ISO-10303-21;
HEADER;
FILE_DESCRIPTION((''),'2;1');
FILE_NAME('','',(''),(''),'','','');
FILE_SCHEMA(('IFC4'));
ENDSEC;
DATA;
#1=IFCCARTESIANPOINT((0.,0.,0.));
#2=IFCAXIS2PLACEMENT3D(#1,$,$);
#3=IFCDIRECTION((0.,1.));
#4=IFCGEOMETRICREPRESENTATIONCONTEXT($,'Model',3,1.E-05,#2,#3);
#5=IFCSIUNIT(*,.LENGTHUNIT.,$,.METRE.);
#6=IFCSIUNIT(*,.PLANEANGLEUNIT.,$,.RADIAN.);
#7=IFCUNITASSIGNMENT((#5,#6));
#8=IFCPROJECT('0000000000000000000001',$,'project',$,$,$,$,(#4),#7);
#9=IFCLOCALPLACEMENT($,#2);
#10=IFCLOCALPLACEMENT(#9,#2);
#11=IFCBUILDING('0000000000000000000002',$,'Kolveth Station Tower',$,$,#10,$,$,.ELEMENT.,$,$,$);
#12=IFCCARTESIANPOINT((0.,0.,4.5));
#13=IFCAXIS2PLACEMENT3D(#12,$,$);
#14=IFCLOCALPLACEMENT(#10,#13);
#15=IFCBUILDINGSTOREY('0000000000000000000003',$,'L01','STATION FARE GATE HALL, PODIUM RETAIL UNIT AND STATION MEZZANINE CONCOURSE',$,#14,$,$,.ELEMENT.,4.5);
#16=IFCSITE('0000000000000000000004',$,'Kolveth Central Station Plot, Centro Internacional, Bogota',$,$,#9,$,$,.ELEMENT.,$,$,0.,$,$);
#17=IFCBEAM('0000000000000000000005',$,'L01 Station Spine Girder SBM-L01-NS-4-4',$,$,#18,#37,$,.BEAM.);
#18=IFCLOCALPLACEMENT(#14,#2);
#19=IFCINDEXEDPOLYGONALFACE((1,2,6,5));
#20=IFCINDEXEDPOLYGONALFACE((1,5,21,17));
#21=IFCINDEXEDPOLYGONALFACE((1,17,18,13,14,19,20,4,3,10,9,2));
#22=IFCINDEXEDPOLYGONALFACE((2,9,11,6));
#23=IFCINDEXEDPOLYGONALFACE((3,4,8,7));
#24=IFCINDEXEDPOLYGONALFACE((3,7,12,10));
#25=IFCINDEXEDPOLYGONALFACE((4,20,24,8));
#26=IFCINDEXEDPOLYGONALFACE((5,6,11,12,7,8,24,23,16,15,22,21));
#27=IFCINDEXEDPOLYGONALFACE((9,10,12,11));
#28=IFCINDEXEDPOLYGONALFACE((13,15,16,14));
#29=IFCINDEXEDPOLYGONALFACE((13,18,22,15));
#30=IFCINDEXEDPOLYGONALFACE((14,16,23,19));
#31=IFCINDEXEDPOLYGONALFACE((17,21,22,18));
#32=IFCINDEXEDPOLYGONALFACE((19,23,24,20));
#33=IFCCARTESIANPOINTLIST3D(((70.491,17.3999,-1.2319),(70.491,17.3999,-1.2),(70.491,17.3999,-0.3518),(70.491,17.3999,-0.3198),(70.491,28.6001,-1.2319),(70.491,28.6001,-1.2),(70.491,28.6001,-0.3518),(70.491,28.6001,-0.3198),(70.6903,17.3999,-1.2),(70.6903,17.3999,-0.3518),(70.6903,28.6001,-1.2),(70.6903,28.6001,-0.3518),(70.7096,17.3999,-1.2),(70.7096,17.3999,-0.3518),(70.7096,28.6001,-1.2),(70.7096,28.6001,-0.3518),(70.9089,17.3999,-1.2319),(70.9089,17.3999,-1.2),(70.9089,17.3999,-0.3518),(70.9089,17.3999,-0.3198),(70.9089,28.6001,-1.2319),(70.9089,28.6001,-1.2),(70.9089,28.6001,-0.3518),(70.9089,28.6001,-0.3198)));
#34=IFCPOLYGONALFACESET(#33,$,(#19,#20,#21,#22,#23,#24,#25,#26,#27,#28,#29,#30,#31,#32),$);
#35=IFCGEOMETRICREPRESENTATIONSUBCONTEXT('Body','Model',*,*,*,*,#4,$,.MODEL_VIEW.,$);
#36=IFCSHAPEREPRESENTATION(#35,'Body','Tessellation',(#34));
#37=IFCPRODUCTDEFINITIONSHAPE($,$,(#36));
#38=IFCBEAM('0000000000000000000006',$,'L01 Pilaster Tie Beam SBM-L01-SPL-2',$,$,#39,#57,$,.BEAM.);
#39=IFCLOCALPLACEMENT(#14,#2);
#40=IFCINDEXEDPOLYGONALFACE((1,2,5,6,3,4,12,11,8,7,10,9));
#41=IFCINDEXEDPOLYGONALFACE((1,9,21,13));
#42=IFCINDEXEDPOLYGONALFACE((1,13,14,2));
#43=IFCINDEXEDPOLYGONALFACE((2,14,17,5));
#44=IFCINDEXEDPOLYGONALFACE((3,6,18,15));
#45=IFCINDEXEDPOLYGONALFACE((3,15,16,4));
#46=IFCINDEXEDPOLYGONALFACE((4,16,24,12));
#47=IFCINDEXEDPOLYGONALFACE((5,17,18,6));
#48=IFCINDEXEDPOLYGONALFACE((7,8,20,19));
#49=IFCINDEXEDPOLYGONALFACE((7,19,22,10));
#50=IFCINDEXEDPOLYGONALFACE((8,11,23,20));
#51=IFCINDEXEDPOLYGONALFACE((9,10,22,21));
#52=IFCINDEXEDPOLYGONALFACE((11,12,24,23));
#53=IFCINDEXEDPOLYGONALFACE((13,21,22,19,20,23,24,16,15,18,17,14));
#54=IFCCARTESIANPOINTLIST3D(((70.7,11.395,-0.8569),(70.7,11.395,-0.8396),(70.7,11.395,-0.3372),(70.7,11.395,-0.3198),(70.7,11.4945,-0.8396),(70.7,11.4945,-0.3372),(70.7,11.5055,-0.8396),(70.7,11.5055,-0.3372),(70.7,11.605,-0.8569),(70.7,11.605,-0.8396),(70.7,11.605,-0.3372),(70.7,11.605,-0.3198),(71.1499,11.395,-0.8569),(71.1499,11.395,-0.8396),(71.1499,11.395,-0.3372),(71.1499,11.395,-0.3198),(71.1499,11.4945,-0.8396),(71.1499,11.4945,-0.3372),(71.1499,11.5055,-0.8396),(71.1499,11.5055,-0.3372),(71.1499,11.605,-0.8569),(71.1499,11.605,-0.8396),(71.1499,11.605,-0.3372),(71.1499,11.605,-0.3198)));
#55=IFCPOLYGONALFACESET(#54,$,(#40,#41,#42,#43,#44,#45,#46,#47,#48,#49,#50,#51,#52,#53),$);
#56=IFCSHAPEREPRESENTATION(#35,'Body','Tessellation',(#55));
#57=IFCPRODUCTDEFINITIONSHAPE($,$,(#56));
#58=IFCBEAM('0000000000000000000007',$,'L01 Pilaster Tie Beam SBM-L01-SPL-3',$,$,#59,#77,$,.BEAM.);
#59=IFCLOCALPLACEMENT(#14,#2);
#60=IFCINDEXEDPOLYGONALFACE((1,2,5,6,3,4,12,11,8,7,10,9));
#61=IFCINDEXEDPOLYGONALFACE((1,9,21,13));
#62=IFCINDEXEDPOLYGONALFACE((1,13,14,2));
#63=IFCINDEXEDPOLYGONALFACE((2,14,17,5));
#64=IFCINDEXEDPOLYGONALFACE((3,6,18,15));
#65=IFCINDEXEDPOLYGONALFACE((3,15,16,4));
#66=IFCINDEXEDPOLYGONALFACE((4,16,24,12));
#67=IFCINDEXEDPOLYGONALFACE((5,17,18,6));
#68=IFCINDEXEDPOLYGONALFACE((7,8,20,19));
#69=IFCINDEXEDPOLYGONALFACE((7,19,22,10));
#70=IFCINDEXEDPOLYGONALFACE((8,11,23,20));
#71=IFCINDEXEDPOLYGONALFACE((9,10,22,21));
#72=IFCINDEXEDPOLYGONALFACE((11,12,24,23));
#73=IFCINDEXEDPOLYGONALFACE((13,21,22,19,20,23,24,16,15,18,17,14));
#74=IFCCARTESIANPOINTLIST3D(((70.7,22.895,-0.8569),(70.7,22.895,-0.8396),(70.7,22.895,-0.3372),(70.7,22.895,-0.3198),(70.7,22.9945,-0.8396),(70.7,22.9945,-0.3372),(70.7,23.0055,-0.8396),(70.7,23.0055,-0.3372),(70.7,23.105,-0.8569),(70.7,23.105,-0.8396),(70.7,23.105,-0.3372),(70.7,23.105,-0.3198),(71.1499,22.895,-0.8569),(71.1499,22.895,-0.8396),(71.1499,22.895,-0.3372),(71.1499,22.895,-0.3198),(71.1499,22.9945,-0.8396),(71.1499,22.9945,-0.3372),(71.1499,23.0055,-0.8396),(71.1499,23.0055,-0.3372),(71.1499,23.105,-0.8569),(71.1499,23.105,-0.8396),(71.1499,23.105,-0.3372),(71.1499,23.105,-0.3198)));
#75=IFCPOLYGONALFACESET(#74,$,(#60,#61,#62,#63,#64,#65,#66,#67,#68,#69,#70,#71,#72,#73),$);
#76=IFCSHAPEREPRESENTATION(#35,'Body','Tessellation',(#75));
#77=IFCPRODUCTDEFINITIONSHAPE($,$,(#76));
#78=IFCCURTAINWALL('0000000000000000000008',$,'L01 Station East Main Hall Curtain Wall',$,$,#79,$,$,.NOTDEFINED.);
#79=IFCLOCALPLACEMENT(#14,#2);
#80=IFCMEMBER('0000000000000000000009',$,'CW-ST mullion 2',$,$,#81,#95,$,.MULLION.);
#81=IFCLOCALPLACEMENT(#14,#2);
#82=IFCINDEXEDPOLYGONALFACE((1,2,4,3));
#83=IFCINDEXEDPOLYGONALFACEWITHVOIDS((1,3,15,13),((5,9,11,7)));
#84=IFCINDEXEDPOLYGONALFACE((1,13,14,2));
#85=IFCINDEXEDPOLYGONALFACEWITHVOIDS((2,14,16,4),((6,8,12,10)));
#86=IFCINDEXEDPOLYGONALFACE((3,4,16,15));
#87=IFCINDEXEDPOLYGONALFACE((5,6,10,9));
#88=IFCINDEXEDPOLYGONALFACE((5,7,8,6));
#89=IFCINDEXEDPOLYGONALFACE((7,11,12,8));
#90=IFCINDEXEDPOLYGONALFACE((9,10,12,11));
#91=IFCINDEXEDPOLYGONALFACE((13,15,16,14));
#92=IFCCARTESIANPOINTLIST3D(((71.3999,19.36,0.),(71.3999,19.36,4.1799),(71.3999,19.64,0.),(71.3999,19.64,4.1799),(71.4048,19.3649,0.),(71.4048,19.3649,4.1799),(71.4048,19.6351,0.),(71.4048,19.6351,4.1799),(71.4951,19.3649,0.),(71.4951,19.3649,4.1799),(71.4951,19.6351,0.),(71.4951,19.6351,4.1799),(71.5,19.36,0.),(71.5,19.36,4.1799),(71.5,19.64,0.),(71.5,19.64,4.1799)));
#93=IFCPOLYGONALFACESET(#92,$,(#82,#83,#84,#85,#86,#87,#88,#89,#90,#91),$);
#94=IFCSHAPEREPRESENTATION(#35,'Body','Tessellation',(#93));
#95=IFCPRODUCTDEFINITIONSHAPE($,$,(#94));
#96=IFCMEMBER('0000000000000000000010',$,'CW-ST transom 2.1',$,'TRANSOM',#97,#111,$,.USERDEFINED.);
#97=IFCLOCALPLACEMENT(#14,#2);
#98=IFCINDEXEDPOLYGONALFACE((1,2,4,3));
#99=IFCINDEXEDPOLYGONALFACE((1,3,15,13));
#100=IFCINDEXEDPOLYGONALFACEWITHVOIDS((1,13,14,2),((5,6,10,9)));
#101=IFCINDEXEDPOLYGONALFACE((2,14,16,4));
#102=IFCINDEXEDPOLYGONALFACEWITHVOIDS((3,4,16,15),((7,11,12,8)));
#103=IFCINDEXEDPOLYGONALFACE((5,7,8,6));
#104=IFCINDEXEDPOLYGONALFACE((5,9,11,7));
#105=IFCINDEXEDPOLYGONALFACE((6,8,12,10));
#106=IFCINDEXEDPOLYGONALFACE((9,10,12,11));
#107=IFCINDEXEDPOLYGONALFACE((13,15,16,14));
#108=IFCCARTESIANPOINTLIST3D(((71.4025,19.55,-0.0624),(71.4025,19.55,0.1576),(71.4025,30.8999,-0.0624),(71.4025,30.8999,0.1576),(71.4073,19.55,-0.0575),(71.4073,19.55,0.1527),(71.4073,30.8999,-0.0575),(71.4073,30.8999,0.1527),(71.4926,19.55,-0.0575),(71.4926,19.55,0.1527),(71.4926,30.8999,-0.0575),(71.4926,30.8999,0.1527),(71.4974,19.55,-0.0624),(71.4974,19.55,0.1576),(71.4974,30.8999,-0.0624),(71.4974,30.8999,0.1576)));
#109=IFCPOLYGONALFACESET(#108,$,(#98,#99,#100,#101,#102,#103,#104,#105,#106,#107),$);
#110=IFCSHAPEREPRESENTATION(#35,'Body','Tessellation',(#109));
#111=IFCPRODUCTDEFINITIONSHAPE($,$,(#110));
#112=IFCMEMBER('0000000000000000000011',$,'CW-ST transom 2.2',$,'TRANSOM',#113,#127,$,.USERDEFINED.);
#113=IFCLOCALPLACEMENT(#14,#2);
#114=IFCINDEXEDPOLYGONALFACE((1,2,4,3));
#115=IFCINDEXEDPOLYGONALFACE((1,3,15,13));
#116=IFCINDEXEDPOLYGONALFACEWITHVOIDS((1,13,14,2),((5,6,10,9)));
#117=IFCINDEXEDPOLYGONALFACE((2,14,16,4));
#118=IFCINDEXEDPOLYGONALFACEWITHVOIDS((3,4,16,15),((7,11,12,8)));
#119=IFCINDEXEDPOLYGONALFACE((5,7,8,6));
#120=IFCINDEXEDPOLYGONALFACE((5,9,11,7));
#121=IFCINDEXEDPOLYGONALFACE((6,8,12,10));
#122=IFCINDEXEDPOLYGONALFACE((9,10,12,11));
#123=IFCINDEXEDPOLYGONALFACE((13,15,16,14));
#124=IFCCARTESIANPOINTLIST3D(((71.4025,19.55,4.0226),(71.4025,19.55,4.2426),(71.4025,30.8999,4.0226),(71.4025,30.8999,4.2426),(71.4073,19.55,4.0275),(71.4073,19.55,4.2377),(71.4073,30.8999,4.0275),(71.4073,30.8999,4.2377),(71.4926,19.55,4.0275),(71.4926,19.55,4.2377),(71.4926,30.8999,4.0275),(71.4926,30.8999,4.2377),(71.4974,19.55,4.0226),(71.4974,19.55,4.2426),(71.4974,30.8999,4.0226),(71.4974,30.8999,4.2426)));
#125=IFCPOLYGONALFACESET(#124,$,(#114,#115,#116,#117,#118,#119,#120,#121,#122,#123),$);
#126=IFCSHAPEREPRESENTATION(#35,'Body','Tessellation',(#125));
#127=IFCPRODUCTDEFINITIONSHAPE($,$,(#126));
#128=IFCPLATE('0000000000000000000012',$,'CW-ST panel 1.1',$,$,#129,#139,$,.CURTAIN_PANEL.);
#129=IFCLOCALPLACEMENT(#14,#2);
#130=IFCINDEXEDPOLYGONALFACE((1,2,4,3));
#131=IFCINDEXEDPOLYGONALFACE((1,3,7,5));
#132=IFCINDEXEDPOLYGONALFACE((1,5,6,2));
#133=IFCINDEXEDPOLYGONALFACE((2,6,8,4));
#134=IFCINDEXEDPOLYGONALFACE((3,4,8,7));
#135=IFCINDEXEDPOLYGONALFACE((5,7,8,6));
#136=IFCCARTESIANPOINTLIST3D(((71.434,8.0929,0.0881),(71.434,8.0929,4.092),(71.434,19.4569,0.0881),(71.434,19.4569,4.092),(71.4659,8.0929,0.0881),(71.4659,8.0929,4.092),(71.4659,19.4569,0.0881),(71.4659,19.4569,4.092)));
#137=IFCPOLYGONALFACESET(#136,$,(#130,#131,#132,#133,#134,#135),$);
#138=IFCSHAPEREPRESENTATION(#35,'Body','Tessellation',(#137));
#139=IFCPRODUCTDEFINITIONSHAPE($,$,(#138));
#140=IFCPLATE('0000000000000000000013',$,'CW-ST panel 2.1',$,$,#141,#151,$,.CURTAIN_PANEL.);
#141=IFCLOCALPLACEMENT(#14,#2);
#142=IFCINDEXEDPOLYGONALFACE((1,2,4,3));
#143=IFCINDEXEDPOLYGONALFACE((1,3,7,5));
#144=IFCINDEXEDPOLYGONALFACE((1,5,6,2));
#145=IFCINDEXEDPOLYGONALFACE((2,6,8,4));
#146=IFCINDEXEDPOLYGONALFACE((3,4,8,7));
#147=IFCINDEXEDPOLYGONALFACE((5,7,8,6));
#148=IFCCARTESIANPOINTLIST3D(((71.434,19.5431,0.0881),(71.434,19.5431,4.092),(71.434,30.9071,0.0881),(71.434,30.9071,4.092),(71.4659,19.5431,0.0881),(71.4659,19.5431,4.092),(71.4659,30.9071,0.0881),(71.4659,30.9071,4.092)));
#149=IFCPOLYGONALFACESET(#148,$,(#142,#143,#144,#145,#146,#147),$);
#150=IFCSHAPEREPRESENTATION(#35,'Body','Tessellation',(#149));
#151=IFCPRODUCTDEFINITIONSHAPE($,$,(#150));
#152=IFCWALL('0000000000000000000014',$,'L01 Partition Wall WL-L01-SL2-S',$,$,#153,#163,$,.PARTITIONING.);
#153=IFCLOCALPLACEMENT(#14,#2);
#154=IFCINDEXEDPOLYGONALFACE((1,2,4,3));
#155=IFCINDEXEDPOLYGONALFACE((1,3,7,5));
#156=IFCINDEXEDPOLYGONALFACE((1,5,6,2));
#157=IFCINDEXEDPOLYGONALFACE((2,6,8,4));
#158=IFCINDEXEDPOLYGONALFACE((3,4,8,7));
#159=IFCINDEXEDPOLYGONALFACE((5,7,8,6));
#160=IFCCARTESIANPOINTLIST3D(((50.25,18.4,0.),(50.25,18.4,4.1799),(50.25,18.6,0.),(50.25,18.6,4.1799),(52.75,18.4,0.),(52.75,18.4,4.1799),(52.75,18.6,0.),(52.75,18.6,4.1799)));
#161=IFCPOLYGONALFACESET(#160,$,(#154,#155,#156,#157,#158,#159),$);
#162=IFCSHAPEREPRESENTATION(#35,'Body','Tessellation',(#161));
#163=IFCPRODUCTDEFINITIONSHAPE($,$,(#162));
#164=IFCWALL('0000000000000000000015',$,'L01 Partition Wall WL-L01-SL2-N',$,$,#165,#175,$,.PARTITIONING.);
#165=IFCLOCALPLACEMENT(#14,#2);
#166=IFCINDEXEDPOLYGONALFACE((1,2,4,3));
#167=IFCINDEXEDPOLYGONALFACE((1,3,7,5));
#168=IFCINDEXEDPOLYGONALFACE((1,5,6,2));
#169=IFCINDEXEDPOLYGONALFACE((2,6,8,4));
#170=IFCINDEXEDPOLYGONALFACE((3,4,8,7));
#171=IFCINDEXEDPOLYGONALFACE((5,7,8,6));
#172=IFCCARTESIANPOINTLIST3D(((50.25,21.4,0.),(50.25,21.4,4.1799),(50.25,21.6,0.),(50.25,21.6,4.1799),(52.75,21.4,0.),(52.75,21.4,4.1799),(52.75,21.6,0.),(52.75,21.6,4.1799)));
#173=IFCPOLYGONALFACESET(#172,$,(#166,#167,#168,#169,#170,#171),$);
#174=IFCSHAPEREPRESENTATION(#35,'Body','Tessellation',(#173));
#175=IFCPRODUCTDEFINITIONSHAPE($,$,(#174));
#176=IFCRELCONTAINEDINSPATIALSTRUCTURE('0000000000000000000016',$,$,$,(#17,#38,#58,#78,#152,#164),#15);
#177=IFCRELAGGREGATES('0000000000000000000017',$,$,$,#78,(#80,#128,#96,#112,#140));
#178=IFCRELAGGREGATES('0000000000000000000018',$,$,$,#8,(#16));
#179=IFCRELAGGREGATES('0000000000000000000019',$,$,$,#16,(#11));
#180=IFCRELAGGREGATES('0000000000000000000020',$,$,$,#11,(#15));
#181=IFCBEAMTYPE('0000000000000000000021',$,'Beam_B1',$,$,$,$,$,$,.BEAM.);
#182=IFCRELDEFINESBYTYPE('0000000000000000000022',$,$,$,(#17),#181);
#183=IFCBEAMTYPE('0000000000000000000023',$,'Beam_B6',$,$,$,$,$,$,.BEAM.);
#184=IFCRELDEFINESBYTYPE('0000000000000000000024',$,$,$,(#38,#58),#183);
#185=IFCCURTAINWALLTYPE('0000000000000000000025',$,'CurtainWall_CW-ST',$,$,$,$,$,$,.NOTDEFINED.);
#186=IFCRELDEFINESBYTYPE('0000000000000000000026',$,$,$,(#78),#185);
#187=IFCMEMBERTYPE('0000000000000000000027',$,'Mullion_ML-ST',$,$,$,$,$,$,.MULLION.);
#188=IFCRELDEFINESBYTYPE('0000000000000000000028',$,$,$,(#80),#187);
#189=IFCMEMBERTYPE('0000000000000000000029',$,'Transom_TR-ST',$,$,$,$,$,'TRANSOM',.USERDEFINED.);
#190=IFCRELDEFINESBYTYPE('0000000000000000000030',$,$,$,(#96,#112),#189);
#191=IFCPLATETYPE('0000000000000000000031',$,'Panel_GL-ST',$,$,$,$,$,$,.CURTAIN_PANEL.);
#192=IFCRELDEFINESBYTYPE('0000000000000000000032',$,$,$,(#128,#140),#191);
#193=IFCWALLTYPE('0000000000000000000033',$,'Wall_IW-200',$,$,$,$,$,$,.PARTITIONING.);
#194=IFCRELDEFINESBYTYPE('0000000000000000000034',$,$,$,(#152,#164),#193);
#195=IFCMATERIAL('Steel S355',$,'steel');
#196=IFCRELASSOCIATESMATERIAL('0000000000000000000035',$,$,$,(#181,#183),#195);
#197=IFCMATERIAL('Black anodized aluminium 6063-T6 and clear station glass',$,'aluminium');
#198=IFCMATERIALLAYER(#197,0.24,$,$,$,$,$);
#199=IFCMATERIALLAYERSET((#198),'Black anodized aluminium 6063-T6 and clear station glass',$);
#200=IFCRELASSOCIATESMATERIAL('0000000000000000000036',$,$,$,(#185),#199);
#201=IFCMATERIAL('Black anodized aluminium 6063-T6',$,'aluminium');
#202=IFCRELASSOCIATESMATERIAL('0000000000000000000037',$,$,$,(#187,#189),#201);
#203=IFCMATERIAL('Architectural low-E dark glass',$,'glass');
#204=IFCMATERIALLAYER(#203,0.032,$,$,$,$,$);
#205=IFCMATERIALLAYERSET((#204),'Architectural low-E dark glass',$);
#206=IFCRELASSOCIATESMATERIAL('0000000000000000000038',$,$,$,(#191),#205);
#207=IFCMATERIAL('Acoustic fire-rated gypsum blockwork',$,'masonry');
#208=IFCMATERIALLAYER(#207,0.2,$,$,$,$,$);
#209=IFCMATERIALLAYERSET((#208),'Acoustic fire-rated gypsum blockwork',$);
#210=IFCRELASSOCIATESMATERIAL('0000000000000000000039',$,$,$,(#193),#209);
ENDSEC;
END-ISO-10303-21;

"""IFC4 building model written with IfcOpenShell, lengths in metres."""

from ifc_helpers import new_model, si_unit, direction, frame, frame_2d, origin, origin_2d, place, context, subcontext, project, spatial, rectangle, hollow_rectangle, i_section, extrude, source, transform, mapped, material, layer, layer_set, material_profile, profile_set, type_object, element, aggregate, save


model = new_model("IFC4")

# Units and contexts
model_context = context("Model", 3, precision=1e-05, world=origin(), true_north=direction((0.0, 1.0)))
body_context = subcontext(model_context, "Body", "Model", "MODEL_VIEW")
ifc_project = project(units=[si_unit("LENGTHUNIT", "METRE"), si_unit("PLANEANGLEUNIT", "RADIAN")], contexts=[model_context])

# Site, building, storey
site_placement = place(None, origin())
site = spatial("IfcSite", under=ifc_project, at=site_placement, Name="Kolveth Central Station Plot, Centro Internacional, Bogota", CompositionType="ELEMENT", RefElevation=0.0)
building_placement = place(site_placement, origin())
building = spatial("IfcBuilding", under=site, at=building_placement, Name="Kolveth Station Tower", CompositionType="ELEMENT")
storey_placement = place(building_placement, frame((0.0, 0.0, 4.5)))
storey = spatial("IfcBuildingStorey", under=building, at=storey_placement, Name="L01", Description="STATION FARE GATE HALL, PODIUM RETAIL UNIT AND STATION MEZZANINE CONCOURSE", CompositionType="ELEMENT", Elevation=4.5)

# Shared definitions
ifc_material_1 = material(Name="Steel S355", Category="steel")

# Beams
ifc_material_profile_1 = material_profile(ifc_material_1, i_section(OverallWidth=0.418, OverallDepth=0.9121, WebThickness=0.0193, FlangeThickness=0.032, at=origin_2d()), Name="W920x342")
ifc_profile_set_1 = profile_set([ifc_material_profile_1], Name="Steel S355")
beam_type_1 = type_object("IfcBeamType", Name="Beam_B1", PredefinedType="BEAM", material=ifc_profile_set_1)
shared_shape_1 = source(origin(), body_context, "Body", "SweptSolid", [
    extrude(i_section(OverallWidth=0.418, OverallDepth=0.9121, WebThickness=0.0193, FlangeThickness=0.032, at=origin_2d()), origin(), (0.0, 0.0, 1.0), 11.2002),
])
for number, where, z_axis, x_axis, name in (
    (1, (70.7, 17.3999, -0.7759), (0.0, 1.0, 0.0), (-1.0, 0.0, 0.0), "L01 Station Spine Girder SBM-L01-NS-4-4"),
):
    element("IfcBeam", number, at=place(storey_placement, frame(where, z_axis=z_axis, x_axis=x_axis)), inside=storey, type_object=beam_type_1, Name=name, PredefinedType="BEAM", context=body_context, shape_type="MappedRepresentation", body=[
        mapped(shared_shape_1, transform((0.0, 0.0, 0.0), x_axis=(1.0, 0.0, 0.0), y_axis=(0.0, 1.0, 0.0), z_axis=(0.0, 0.0, 1.0), scale=1.0)),
    ])
ifc_material_profile_2 = material_profile(ifc_material_1, i_section(OverallWidth=0.21, OverallDepth=0.5371, WebThickness=0.011, FlangeThickness=0.0173, at=origin_2d()), Name="W530x101")
ifc_profile_set_2 = profile_set([ifc_material_profile_2], Name="Steel S355")
beam_type_2 = type_object("IfcBeamType", Name="Beam_B6", PredefinedType="BEAM", material=ifc_profile_set_2)
shared_shape_2 = source(origin(), body_context, "Body", "SweptSolid", [
    extrude(i_section(OverallWidth=0.21, OverallDepth=0.5371, WebThickness=0.011, FlangeThickness=0.0173, at=origin_2d()), origin(), (0.0, 0.0, 1.0), 0.45),
])
for number, where, z_axis, x_axis, name in (
    (2, (70.7, 11.5, -0.5884), (1.0, 0.0, 0.0), (0.0, 1.0, 0.0), "L01 Pilaster Tie Beam SBM-L01-SPL-2"),
    (3, (70.7, 23.0, -0.5884), (1.0, 0.0, 0.0), (0.0, 1.0, 0.0), "L01 Pilaster Tie Beam SBM-L01-SPL-3"),
):
    element("IfcBeam", number, at=place(storey_placement, frame(where, z_axis=z_axis, x_axis=x_axis)), inside=storey, type_object=beam_type_2, Name=name, PredefinedType="BEAM", context=body_context, shape_type="MappedRepresentation", body=[
        mapped(shared_shape_2, transform((0.0, 0.0, 0.0), x_axis=(1.0, 0.0, 0.0), y_axis=(0.0, 1.0, 0.0), z_axis=(0.0, 0.0, 1.0), scale=1.0)),
    ])

# Curtain wall, members, plates
ifc_material_2 = material(Name="Black anodized aluminium 6063-T6 and clear station glass", Category="aluminium")
ifc_layer_1 = layer(ifc_material_2, 0.24)
ifc_layer_set_1 = layer_set([ifc_layer_1], Name="Black anodized aluminium 6063-T6 and clear station glass")
curtain_wall_type = type_object("IfcCurtainWallType", Name="CurtainWall_CW-ST", PredefinedType="NOTDEFINED", material=ifc_layer_set_1)
curtain_wall_placement = place(storey_placement, origin())
curtain_wall = element("IfcCurtainWall", 4, at=curtain_wall_placement, inside=storey, type_object=curtain_wall_type, Name="L01 Station East Main Hall Curtain Wall", PredefinedType="NOTDEFINED")
ifc_material_3 = material(Name="Black anodized aluminium 6063-T6", Category="aluminium")
ifc_material_profile_3 = material_profile(ifc_material_3, hollow_rectangle(XDim=0.1001, YDim=0.28, WallThickness=0.0049, at=origin_2d()), Name="ALU-100x280x5")
ifc_profile_set_3 = profile_set([ifc_material_profile_3], Name="Black anodized aluminium 6063-T6")
member_type_1 = type_object("IfcMemberType", Name="Mullion_ML-ST", PredefinedType="MULLION", material=ifc_profile_set_3)
shared_shape_3 = source(origin(), body_context, "Body", "SweptSolid", [
    extrude(hollow_rectangle(XDim=0.1001, YDim=0.28, WallThickness=0.0049, at=origin_2d()), origin(), (0.0, 0.0, 1.0), 4.1799),
])
member_1_placement = place(storey_placement, frame((71.45, 19.5, 0.0), z_axis=(0.0, 0.0, 1.0), x_axis=(-1.0, 0.0, 0.0)))
member_1 = element("IfcMember", 5, at=member_1_placement, type_object=member_type_1, Name="CW-ST mullion 2", PredefinedType="MULLION", context=body_context, shape_type="MappedRepresentation", body=[
    mapped(shared_shape_3, transform((0.0, 0.0, 0.0), x_axis=(1.0, 0.0, 0.0), y_axis=(0.0, 1.0, 0.0), z_axis=(0.0, 0.0, 1.0), scale=1.0)),
])
ifc_material_profile_4 = material_profile(ifc_material_3, hollow_rectangle(XDim=0.095, YDim=0.22, WallThickness=0.0049, at=origin_2d()), Name="ALU-95x220x5")
ifc_profile_set_4 = profile_set([ifc_material_profile_4], Name="Black anodized aluminium 6063-T6")
member_type_2 = type_object("IfcMemberType", Name="Transom_TR-ST", ElementType="TRANSOM", PredefinedType="USERDEFINED", material=ifc_profile_set_4)
shared_shape_4 = source(origin(), body_context, "Body", "SweptSolid", [
    extrude(hollow_rectangle(XDim=0.095, YDim=0.22, WallThickness=0.0049, at=origin_2d()), origin(), (0.0, 0.0, 1.0), 11.3499),
])
member_2_placement = place(storey_placement, frame((71.45, 19.55, 0.0476), z_axis=(0.0, 1.0, 0.0), x_axis=(-1.0, 0.0, 0.0)))
member_2 = element("IfcMember", 6, at=member_2_placement, type_object=member_type_2, Name="CW-ST transom 2.1", ObjectType="TRANSOM", PredefinedType="USERDEFINED", context=body_context, shape_type="MappedRepresentation", body=[
    mapped(shared_shape_4, transform((0.0, 0.0, 0.0), x_axis=(1.0, 0.0, 0.0), y_axis=(0.0, 1.0, 0.0), z_axis=(0.0, 0.0, 1.0), scale=1.0)),
])
member_3_placement = place(storey_placement, frame((71.45, 19.55, 4.1326), z_axis=(0.0, 1.0, 0.0), x_axis=(-1.0, 0.0, 0.0)))
member_3 = element("IfcMember", 7, at=member_3_placement, type_object=member_type_2, Name="CW-ST transom 2.2", ObjectType="TRANSOM", PredefinedType="USERDEFINED", context=body_context, shape_type="MappedRepresentation", body=[
    mapped(shared_shape_4, transform((0.0, 0.0, 0.0), x_axis=(1.0, 0.0, 0.0), y_axis=(0.0, 1.0, 0.0), z_axis=(0.0, 0.0, 1.0), scale=1.0)),
])
ifc_material_4 = material(Name="Architectural low-E dark glass", Category="glass")
ifc_layer_2 = layer(ifc_material_4, 0.032)
ifc_layer_set_2 = layer_set([ifc_layer_2], Name="Architectural low-E dark glass")
plate_type = type_object("IfcPlateType", Name="Panel_GL-ST", PredefinedType="CURTAIN_PANEL", material=ifc_layer_set_2)
shared_shape_5 = source(origin(), body_context, "Body", "SweptSolid", [
    extrude(rectangle(XDim=11.364, YDim=0.032, at=origin_2d()), origin(), (0.0, 0.0, 1.0), 4.0039),
])
plate_1_placement = place(storey_placement, frame((71.45, 13.7749, 0.0881), z_axis=(0.0, 0.0, 1.0), x_axis=(0.0, 1.0, 0.0)))
plate_1 = element("IfcPlate", 8, at=plate_1_placement, type_object=plate_type, Name="CW-ST panel 1.1", PredefinedType="CURTAIN_PANEL", context=body_context, shape_type="MappedRepresentation", body=[
    mapped(shared_shape_5, transform((0.0, 0.0, 0.0), x_axis=(1.0, 0.0, 0.0), y_axis=(0.0, 1.0, 0.0), z_axis=(0.0, 0.0, 1.0), scale=1.0)),
])
plate_2_placement = place(storey_placement, frame((71.45, 25.2251, 0.0881), z_axis=(0.0, 0.0, 1.0), x_axis=(0.0, 1.0, 0.0)))
plate_2 = element("IfcPlate", 9, at=plate_2_placement, type_object=plate_type, Name="CW-ST panel 2.1", PredefinedType="CURTAIN_PANEL", context=body_context, shape_type="MappedRepresentation", body=[
    mapped(shared_shape_5, transform((0.0, 0.0, 0.0), x_axis=(1.0, 0.0, 0.0), y_axis=(0.0, 1.0, 0.0), z_axis=(0.0, 0.0, 1.0), scale=1.0)),
])
aggregate(curtain_wall, [member_1, plate_1, member_2, member_3, plate_2])

# Walls
ifc_material_5 = material(Name="Acoustic fire-rated gypsum blockwork", Category="masonry")
ifc_layer_3 = layer(ifc_material_5, 0.2)
ifc_layer_set_3 = layer_set([ifc_layer_3], Name="Acoustic fire-rated gypsum blockwork")
wall_type = type_object("IfcWallType", Name="Wall_IW-200", PredefinedType="PARTITIONING", material=ifc_layer_set_3)
for number, where, z_axis, x_axis, name in (
    (10, (50.25, 18.5, 0.0), (0.0, 0.0, 1.0), (1.0, 0.0, 0.0), "L01 Partition Wall WL-L01-SL2-S"),
    (11, (50.25, 21.5, 0.0), (0.0, 0.0, 1.0), (1.0, 0.0, 0.0), "L01 Partition Wall WL-L01-SL2-N"),
):
    element("IfcWall", number, at=place(storey_placement, frame(where, z_axis=z_axis, x_axis=x_axis)), inside=storey, type_object=wall_type, Name=name, PredefinedType="PARTITIONING", context=body_context, shape_type="SweptSolid", body=[
        extrude(rectangle(XDim=2.5, YDim=0.2, at=frame_2d((1.25, 0.0))), origin(), (0.0, 0.0, 1.0), 4.1799),
    ])

save(model, "model.ifc")
